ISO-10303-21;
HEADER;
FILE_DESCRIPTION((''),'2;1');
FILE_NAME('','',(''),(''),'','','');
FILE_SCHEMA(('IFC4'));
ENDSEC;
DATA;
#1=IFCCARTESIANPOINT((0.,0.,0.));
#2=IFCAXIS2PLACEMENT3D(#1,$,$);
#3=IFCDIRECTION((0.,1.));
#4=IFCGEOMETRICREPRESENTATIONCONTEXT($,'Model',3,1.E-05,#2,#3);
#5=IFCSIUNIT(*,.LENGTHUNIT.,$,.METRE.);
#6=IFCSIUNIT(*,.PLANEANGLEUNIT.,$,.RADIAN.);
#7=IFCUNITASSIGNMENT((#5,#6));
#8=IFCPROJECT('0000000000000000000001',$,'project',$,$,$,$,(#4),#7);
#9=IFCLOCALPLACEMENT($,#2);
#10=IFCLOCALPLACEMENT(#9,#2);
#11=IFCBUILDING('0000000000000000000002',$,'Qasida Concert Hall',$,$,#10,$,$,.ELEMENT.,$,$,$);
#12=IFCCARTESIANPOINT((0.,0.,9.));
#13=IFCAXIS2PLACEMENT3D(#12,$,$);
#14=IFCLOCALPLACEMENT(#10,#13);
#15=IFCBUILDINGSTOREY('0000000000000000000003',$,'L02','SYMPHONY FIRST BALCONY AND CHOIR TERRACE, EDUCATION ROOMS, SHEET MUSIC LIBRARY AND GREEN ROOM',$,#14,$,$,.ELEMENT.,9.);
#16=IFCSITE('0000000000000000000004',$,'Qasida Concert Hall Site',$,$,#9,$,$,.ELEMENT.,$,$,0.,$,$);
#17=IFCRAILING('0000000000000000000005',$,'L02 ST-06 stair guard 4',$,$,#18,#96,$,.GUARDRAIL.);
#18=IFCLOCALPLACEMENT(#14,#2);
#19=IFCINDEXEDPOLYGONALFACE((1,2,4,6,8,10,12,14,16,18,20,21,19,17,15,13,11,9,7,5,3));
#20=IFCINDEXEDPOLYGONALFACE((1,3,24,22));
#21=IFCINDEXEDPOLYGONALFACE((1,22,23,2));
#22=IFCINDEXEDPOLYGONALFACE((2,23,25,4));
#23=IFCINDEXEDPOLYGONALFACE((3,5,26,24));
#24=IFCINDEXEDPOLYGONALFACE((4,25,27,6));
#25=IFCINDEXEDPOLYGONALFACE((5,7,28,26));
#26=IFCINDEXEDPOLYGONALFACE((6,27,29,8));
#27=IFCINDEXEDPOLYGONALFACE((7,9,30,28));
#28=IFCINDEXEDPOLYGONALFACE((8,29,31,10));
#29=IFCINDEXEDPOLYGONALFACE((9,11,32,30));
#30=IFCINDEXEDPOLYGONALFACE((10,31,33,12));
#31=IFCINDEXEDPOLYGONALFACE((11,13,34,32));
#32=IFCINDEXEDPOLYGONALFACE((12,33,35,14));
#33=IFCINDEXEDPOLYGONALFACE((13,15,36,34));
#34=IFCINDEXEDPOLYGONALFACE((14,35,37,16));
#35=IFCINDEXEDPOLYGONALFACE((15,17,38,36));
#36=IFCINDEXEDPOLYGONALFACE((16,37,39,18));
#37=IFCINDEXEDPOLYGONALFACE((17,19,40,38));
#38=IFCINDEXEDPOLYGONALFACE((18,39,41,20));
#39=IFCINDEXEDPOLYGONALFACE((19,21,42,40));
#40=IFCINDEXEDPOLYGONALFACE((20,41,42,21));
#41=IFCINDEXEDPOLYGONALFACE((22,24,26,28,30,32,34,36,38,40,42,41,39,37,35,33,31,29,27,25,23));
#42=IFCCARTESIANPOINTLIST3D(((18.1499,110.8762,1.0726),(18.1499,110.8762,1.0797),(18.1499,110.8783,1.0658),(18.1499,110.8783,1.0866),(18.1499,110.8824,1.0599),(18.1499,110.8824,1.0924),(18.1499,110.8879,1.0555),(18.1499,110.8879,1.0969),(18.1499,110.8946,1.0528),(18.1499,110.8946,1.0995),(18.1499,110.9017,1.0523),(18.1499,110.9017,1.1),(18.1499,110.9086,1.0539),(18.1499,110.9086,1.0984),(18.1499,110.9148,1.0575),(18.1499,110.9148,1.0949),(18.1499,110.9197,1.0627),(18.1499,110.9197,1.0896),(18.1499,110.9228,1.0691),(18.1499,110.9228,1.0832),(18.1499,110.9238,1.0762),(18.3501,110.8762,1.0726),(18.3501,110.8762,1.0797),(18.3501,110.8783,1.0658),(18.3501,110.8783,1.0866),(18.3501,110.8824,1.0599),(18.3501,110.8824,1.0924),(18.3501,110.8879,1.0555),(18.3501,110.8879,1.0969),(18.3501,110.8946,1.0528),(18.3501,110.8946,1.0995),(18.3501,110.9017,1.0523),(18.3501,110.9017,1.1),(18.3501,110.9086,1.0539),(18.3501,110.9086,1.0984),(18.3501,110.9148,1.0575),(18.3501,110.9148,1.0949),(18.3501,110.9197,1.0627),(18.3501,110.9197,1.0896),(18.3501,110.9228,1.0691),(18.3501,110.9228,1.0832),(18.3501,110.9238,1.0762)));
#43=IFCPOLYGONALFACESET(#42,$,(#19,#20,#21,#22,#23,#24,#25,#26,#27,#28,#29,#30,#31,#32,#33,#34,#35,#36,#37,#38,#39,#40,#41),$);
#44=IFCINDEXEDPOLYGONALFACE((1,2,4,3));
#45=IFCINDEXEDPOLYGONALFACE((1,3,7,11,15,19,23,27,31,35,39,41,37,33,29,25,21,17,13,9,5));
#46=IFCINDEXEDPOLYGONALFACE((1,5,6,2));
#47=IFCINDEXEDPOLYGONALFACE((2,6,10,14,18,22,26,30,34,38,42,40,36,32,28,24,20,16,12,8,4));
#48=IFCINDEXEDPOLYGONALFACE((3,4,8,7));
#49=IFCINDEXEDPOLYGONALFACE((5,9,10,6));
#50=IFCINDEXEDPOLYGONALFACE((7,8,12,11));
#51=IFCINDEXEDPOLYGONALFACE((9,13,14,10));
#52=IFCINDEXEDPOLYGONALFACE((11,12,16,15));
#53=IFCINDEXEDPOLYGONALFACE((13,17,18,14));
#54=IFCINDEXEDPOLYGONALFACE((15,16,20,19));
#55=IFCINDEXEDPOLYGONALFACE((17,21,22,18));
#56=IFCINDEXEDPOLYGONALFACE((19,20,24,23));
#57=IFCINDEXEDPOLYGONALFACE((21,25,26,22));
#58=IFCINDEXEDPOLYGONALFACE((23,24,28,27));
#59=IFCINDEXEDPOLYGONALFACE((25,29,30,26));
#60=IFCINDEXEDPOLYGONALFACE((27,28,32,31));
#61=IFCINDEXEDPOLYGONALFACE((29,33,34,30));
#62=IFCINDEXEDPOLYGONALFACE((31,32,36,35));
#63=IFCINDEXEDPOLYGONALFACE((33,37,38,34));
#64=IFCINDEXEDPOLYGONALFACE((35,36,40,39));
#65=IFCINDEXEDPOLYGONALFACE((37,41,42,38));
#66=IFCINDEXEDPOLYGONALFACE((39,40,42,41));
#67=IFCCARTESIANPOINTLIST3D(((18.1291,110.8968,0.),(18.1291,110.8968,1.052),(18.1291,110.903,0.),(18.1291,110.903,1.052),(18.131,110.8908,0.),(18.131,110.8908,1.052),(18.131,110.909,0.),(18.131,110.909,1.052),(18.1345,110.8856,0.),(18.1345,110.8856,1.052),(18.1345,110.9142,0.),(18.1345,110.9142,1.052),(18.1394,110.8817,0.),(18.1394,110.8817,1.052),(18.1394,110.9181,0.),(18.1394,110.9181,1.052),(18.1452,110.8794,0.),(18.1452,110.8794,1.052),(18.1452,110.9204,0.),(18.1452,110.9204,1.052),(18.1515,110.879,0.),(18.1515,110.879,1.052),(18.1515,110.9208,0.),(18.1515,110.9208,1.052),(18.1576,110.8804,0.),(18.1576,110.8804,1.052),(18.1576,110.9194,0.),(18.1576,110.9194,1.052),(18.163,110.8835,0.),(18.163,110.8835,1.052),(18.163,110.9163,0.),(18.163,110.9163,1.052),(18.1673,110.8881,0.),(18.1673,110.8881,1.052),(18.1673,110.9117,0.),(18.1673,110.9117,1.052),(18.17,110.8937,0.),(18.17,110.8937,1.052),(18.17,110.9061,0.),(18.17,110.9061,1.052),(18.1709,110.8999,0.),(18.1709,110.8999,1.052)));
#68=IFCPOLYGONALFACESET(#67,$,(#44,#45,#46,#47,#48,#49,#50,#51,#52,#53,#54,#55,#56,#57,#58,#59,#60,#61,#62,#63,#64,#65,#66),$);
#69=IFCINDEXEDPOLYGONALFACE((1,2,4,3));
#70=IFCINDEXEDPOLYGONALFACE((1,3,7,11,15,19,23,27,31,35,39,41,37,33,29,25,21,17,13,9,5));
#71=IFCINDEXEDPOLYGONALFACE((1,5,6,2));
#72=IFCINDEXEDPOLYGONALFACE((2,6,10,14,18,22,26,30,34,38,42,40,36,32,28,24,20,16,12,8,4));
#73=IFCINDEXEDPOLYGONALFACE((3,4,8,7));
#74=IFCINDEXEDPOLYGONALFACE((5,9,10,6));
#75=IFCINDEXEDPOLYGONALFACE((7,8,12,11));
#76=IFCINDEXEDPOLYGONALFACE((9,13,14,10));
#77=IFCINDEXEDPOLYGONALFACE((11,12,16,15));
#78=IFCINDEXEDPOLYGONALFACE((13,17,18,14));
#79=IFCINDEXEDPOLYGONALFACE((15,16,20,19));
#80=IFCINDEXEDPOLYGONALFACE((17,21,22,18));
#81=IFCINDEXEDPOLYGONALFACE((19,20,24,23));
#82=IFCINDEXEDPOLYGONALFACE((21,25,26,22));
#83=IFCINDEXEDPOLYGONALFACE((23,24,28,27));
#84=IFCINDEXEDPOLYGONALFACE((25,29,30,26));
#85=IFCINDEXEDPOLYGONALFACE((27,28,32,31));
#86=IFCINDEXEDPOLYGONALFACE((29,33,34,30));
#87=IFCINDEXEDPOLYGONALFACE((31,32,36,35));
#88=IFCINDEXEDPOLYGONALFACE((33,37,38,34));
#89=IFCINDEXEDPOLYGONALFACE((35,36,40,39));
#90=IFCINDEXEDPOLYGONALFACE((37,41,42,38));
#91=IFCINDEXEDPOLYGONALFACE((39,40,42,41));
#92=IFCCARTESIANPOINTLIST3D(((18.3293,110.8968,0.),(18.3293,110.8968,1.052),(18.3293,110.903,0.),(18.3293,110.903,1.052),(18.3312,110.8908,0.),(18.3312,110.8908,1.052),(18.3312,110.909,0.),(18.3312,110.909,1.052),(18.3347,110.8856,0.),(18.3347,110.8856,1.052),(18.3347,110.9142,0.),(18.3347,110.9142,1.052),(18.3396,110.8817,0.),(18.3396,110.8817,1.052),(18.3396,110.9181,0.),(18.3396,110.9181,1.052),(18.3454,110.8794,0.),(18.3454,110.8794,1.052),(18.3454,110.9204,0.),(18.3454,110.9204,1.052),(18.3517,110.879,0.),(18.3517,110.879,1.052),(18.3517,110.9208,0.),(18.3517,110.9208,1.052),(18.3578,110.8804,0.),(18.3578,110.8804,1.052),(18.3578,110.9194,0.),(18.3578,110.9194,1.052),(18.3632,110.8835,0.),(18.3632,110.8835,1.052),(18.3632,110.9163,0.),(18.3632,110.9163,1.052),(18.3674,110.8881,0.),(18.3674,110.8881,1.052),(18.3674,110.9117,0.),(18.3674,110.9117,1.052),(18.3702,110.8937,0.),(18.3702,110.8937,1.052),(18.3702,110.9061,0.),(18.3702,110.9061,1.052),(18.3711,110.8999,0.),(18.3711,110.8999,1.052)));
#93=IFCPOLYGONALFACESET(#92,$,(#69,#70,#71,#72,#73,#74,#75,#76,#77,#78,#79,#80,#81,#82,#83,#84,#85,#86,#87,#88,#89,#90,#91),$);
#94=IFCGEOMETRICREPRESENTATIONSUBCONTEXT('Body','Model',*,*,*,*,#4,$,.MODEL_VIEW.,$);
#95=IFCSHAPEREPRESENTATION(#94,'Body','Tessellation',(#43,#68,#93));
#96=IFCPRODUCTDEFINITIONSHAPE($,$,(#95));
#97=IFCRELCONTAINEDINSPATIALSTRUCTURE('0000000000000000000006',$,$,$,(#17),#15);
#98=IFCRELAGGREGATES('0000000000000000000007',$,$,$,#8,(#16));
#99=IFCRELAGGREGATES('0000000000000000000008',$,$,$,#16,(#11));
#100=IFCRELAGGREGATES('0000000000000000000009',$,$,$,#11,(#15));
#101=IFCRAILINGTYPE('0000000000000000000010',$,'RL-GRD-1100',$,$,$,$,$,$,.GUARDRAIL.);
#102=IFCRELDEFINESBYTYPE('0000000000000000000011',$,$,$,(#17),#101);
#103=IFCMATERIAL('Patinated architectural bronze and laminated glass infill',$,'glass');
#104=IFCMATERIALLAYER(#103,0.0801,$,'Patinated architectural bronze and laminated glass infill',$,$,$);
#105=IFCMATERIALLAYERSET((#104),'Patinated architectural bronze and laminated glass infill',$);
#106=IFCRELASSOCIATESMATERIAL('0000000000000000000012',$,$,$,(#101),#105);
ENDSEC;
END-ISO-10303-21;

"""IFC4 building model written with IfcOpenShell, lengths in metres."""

from ifc_helpers import new_model, si_unit, direction, frame, origin, origin_2d, place, context, subcontext, project, spatial, circle, extrude, material, layer, layer_set, type_object, element, save


model = new_model("IFC4")

# Units and contexts
model_context = context("Model", 3, precision=1e-05, world=origin(), true_north=direction((0.0, 1.0)))
body_context = subcontext(model_context, "Body", "Model", "MODEL_VIEW")
ifc_project = project(units=[si_unit("LENGTHUNIT", "METRE"), si_unit("PLANEANGLEUNIT", "RADIAN")], contexts=[model_context])

# Site, building, storey
site_placement = place(None, origin())
site = spatial("IfcSite", under=ifc_project, at=site_placement, Name="Qasida Concert Hall Site", CompositionType="ELEMENT", RefElevation=0.0)
building_placement = place(site_placement, origin())
building = spatial("IfcBuilding", under=site, at=building_placement, Name="Qasida Concert Hall", CompositionType="ELEMENT")
storey_placement = place(building_placement, frame((0.0, 0.0, 9.0)))
storey = spatial("IfcBuildingStorey", under=building, at=storey_placement, Name="L02", Description="SYMPHONY FIRST BALCONY AND CHOIR TERRACE, EDUCATION ROOMS, SHEET MUSIC LIBRARY AND GREEN ROOM", CompositionType="ELEMENT", Elevation=9.0)

# Railing
ifc_material_1 = material(Name="Patinated architectural bronze and laminated glass infill", Category="glass")
ifc_layer_1 = layer(ifc_material_1, 0.0801, Name="Patinated architectural bronze and laminated glass infill")
ifc_layer_set_1 = layer_set([ifc_layer_1], Name="Patinated architectural bronze and laminated glass infill")
railing_type_1 = type_object("IfcRailingType", Name="RL-GRD-1100", PredefinedType="GUARDRAIL", material=ifc_layer_set_1)
railing_1_placement = place(storey_placement, frame((18.1499, 110.8999, 0.0)))
element("IfcRailing", 1, at=railing_1_placement, inside=storey, type_object=railing_type_1, Name="L02 ST-06 stair guard 4", PredefinedType="GUARDRAIL", context=body_context, shape_type="SweptSolid", body=[
    extrude(circle(Radius=0.0239, at=origin_2d()), frame((0.0, 0.0, 1.0762), z_axis=(1.0, 0.0, 0.0), x_axis=(0.0, 1.0, 0.0)), (0.0, 0.0, 1.0), 0.2002),
    extrude(circle(Radius=0.021, at=origin_2d()), origin(), (0.0, 0.0, 1.0), 1.052),
    extrude(circle(Radius=0.021, at=origin_2d()), frame((0.2002, 0.0, 0.0)), (0.0, 0.0, 1.0), 1.052),
])

save(model, "model.ifc")
